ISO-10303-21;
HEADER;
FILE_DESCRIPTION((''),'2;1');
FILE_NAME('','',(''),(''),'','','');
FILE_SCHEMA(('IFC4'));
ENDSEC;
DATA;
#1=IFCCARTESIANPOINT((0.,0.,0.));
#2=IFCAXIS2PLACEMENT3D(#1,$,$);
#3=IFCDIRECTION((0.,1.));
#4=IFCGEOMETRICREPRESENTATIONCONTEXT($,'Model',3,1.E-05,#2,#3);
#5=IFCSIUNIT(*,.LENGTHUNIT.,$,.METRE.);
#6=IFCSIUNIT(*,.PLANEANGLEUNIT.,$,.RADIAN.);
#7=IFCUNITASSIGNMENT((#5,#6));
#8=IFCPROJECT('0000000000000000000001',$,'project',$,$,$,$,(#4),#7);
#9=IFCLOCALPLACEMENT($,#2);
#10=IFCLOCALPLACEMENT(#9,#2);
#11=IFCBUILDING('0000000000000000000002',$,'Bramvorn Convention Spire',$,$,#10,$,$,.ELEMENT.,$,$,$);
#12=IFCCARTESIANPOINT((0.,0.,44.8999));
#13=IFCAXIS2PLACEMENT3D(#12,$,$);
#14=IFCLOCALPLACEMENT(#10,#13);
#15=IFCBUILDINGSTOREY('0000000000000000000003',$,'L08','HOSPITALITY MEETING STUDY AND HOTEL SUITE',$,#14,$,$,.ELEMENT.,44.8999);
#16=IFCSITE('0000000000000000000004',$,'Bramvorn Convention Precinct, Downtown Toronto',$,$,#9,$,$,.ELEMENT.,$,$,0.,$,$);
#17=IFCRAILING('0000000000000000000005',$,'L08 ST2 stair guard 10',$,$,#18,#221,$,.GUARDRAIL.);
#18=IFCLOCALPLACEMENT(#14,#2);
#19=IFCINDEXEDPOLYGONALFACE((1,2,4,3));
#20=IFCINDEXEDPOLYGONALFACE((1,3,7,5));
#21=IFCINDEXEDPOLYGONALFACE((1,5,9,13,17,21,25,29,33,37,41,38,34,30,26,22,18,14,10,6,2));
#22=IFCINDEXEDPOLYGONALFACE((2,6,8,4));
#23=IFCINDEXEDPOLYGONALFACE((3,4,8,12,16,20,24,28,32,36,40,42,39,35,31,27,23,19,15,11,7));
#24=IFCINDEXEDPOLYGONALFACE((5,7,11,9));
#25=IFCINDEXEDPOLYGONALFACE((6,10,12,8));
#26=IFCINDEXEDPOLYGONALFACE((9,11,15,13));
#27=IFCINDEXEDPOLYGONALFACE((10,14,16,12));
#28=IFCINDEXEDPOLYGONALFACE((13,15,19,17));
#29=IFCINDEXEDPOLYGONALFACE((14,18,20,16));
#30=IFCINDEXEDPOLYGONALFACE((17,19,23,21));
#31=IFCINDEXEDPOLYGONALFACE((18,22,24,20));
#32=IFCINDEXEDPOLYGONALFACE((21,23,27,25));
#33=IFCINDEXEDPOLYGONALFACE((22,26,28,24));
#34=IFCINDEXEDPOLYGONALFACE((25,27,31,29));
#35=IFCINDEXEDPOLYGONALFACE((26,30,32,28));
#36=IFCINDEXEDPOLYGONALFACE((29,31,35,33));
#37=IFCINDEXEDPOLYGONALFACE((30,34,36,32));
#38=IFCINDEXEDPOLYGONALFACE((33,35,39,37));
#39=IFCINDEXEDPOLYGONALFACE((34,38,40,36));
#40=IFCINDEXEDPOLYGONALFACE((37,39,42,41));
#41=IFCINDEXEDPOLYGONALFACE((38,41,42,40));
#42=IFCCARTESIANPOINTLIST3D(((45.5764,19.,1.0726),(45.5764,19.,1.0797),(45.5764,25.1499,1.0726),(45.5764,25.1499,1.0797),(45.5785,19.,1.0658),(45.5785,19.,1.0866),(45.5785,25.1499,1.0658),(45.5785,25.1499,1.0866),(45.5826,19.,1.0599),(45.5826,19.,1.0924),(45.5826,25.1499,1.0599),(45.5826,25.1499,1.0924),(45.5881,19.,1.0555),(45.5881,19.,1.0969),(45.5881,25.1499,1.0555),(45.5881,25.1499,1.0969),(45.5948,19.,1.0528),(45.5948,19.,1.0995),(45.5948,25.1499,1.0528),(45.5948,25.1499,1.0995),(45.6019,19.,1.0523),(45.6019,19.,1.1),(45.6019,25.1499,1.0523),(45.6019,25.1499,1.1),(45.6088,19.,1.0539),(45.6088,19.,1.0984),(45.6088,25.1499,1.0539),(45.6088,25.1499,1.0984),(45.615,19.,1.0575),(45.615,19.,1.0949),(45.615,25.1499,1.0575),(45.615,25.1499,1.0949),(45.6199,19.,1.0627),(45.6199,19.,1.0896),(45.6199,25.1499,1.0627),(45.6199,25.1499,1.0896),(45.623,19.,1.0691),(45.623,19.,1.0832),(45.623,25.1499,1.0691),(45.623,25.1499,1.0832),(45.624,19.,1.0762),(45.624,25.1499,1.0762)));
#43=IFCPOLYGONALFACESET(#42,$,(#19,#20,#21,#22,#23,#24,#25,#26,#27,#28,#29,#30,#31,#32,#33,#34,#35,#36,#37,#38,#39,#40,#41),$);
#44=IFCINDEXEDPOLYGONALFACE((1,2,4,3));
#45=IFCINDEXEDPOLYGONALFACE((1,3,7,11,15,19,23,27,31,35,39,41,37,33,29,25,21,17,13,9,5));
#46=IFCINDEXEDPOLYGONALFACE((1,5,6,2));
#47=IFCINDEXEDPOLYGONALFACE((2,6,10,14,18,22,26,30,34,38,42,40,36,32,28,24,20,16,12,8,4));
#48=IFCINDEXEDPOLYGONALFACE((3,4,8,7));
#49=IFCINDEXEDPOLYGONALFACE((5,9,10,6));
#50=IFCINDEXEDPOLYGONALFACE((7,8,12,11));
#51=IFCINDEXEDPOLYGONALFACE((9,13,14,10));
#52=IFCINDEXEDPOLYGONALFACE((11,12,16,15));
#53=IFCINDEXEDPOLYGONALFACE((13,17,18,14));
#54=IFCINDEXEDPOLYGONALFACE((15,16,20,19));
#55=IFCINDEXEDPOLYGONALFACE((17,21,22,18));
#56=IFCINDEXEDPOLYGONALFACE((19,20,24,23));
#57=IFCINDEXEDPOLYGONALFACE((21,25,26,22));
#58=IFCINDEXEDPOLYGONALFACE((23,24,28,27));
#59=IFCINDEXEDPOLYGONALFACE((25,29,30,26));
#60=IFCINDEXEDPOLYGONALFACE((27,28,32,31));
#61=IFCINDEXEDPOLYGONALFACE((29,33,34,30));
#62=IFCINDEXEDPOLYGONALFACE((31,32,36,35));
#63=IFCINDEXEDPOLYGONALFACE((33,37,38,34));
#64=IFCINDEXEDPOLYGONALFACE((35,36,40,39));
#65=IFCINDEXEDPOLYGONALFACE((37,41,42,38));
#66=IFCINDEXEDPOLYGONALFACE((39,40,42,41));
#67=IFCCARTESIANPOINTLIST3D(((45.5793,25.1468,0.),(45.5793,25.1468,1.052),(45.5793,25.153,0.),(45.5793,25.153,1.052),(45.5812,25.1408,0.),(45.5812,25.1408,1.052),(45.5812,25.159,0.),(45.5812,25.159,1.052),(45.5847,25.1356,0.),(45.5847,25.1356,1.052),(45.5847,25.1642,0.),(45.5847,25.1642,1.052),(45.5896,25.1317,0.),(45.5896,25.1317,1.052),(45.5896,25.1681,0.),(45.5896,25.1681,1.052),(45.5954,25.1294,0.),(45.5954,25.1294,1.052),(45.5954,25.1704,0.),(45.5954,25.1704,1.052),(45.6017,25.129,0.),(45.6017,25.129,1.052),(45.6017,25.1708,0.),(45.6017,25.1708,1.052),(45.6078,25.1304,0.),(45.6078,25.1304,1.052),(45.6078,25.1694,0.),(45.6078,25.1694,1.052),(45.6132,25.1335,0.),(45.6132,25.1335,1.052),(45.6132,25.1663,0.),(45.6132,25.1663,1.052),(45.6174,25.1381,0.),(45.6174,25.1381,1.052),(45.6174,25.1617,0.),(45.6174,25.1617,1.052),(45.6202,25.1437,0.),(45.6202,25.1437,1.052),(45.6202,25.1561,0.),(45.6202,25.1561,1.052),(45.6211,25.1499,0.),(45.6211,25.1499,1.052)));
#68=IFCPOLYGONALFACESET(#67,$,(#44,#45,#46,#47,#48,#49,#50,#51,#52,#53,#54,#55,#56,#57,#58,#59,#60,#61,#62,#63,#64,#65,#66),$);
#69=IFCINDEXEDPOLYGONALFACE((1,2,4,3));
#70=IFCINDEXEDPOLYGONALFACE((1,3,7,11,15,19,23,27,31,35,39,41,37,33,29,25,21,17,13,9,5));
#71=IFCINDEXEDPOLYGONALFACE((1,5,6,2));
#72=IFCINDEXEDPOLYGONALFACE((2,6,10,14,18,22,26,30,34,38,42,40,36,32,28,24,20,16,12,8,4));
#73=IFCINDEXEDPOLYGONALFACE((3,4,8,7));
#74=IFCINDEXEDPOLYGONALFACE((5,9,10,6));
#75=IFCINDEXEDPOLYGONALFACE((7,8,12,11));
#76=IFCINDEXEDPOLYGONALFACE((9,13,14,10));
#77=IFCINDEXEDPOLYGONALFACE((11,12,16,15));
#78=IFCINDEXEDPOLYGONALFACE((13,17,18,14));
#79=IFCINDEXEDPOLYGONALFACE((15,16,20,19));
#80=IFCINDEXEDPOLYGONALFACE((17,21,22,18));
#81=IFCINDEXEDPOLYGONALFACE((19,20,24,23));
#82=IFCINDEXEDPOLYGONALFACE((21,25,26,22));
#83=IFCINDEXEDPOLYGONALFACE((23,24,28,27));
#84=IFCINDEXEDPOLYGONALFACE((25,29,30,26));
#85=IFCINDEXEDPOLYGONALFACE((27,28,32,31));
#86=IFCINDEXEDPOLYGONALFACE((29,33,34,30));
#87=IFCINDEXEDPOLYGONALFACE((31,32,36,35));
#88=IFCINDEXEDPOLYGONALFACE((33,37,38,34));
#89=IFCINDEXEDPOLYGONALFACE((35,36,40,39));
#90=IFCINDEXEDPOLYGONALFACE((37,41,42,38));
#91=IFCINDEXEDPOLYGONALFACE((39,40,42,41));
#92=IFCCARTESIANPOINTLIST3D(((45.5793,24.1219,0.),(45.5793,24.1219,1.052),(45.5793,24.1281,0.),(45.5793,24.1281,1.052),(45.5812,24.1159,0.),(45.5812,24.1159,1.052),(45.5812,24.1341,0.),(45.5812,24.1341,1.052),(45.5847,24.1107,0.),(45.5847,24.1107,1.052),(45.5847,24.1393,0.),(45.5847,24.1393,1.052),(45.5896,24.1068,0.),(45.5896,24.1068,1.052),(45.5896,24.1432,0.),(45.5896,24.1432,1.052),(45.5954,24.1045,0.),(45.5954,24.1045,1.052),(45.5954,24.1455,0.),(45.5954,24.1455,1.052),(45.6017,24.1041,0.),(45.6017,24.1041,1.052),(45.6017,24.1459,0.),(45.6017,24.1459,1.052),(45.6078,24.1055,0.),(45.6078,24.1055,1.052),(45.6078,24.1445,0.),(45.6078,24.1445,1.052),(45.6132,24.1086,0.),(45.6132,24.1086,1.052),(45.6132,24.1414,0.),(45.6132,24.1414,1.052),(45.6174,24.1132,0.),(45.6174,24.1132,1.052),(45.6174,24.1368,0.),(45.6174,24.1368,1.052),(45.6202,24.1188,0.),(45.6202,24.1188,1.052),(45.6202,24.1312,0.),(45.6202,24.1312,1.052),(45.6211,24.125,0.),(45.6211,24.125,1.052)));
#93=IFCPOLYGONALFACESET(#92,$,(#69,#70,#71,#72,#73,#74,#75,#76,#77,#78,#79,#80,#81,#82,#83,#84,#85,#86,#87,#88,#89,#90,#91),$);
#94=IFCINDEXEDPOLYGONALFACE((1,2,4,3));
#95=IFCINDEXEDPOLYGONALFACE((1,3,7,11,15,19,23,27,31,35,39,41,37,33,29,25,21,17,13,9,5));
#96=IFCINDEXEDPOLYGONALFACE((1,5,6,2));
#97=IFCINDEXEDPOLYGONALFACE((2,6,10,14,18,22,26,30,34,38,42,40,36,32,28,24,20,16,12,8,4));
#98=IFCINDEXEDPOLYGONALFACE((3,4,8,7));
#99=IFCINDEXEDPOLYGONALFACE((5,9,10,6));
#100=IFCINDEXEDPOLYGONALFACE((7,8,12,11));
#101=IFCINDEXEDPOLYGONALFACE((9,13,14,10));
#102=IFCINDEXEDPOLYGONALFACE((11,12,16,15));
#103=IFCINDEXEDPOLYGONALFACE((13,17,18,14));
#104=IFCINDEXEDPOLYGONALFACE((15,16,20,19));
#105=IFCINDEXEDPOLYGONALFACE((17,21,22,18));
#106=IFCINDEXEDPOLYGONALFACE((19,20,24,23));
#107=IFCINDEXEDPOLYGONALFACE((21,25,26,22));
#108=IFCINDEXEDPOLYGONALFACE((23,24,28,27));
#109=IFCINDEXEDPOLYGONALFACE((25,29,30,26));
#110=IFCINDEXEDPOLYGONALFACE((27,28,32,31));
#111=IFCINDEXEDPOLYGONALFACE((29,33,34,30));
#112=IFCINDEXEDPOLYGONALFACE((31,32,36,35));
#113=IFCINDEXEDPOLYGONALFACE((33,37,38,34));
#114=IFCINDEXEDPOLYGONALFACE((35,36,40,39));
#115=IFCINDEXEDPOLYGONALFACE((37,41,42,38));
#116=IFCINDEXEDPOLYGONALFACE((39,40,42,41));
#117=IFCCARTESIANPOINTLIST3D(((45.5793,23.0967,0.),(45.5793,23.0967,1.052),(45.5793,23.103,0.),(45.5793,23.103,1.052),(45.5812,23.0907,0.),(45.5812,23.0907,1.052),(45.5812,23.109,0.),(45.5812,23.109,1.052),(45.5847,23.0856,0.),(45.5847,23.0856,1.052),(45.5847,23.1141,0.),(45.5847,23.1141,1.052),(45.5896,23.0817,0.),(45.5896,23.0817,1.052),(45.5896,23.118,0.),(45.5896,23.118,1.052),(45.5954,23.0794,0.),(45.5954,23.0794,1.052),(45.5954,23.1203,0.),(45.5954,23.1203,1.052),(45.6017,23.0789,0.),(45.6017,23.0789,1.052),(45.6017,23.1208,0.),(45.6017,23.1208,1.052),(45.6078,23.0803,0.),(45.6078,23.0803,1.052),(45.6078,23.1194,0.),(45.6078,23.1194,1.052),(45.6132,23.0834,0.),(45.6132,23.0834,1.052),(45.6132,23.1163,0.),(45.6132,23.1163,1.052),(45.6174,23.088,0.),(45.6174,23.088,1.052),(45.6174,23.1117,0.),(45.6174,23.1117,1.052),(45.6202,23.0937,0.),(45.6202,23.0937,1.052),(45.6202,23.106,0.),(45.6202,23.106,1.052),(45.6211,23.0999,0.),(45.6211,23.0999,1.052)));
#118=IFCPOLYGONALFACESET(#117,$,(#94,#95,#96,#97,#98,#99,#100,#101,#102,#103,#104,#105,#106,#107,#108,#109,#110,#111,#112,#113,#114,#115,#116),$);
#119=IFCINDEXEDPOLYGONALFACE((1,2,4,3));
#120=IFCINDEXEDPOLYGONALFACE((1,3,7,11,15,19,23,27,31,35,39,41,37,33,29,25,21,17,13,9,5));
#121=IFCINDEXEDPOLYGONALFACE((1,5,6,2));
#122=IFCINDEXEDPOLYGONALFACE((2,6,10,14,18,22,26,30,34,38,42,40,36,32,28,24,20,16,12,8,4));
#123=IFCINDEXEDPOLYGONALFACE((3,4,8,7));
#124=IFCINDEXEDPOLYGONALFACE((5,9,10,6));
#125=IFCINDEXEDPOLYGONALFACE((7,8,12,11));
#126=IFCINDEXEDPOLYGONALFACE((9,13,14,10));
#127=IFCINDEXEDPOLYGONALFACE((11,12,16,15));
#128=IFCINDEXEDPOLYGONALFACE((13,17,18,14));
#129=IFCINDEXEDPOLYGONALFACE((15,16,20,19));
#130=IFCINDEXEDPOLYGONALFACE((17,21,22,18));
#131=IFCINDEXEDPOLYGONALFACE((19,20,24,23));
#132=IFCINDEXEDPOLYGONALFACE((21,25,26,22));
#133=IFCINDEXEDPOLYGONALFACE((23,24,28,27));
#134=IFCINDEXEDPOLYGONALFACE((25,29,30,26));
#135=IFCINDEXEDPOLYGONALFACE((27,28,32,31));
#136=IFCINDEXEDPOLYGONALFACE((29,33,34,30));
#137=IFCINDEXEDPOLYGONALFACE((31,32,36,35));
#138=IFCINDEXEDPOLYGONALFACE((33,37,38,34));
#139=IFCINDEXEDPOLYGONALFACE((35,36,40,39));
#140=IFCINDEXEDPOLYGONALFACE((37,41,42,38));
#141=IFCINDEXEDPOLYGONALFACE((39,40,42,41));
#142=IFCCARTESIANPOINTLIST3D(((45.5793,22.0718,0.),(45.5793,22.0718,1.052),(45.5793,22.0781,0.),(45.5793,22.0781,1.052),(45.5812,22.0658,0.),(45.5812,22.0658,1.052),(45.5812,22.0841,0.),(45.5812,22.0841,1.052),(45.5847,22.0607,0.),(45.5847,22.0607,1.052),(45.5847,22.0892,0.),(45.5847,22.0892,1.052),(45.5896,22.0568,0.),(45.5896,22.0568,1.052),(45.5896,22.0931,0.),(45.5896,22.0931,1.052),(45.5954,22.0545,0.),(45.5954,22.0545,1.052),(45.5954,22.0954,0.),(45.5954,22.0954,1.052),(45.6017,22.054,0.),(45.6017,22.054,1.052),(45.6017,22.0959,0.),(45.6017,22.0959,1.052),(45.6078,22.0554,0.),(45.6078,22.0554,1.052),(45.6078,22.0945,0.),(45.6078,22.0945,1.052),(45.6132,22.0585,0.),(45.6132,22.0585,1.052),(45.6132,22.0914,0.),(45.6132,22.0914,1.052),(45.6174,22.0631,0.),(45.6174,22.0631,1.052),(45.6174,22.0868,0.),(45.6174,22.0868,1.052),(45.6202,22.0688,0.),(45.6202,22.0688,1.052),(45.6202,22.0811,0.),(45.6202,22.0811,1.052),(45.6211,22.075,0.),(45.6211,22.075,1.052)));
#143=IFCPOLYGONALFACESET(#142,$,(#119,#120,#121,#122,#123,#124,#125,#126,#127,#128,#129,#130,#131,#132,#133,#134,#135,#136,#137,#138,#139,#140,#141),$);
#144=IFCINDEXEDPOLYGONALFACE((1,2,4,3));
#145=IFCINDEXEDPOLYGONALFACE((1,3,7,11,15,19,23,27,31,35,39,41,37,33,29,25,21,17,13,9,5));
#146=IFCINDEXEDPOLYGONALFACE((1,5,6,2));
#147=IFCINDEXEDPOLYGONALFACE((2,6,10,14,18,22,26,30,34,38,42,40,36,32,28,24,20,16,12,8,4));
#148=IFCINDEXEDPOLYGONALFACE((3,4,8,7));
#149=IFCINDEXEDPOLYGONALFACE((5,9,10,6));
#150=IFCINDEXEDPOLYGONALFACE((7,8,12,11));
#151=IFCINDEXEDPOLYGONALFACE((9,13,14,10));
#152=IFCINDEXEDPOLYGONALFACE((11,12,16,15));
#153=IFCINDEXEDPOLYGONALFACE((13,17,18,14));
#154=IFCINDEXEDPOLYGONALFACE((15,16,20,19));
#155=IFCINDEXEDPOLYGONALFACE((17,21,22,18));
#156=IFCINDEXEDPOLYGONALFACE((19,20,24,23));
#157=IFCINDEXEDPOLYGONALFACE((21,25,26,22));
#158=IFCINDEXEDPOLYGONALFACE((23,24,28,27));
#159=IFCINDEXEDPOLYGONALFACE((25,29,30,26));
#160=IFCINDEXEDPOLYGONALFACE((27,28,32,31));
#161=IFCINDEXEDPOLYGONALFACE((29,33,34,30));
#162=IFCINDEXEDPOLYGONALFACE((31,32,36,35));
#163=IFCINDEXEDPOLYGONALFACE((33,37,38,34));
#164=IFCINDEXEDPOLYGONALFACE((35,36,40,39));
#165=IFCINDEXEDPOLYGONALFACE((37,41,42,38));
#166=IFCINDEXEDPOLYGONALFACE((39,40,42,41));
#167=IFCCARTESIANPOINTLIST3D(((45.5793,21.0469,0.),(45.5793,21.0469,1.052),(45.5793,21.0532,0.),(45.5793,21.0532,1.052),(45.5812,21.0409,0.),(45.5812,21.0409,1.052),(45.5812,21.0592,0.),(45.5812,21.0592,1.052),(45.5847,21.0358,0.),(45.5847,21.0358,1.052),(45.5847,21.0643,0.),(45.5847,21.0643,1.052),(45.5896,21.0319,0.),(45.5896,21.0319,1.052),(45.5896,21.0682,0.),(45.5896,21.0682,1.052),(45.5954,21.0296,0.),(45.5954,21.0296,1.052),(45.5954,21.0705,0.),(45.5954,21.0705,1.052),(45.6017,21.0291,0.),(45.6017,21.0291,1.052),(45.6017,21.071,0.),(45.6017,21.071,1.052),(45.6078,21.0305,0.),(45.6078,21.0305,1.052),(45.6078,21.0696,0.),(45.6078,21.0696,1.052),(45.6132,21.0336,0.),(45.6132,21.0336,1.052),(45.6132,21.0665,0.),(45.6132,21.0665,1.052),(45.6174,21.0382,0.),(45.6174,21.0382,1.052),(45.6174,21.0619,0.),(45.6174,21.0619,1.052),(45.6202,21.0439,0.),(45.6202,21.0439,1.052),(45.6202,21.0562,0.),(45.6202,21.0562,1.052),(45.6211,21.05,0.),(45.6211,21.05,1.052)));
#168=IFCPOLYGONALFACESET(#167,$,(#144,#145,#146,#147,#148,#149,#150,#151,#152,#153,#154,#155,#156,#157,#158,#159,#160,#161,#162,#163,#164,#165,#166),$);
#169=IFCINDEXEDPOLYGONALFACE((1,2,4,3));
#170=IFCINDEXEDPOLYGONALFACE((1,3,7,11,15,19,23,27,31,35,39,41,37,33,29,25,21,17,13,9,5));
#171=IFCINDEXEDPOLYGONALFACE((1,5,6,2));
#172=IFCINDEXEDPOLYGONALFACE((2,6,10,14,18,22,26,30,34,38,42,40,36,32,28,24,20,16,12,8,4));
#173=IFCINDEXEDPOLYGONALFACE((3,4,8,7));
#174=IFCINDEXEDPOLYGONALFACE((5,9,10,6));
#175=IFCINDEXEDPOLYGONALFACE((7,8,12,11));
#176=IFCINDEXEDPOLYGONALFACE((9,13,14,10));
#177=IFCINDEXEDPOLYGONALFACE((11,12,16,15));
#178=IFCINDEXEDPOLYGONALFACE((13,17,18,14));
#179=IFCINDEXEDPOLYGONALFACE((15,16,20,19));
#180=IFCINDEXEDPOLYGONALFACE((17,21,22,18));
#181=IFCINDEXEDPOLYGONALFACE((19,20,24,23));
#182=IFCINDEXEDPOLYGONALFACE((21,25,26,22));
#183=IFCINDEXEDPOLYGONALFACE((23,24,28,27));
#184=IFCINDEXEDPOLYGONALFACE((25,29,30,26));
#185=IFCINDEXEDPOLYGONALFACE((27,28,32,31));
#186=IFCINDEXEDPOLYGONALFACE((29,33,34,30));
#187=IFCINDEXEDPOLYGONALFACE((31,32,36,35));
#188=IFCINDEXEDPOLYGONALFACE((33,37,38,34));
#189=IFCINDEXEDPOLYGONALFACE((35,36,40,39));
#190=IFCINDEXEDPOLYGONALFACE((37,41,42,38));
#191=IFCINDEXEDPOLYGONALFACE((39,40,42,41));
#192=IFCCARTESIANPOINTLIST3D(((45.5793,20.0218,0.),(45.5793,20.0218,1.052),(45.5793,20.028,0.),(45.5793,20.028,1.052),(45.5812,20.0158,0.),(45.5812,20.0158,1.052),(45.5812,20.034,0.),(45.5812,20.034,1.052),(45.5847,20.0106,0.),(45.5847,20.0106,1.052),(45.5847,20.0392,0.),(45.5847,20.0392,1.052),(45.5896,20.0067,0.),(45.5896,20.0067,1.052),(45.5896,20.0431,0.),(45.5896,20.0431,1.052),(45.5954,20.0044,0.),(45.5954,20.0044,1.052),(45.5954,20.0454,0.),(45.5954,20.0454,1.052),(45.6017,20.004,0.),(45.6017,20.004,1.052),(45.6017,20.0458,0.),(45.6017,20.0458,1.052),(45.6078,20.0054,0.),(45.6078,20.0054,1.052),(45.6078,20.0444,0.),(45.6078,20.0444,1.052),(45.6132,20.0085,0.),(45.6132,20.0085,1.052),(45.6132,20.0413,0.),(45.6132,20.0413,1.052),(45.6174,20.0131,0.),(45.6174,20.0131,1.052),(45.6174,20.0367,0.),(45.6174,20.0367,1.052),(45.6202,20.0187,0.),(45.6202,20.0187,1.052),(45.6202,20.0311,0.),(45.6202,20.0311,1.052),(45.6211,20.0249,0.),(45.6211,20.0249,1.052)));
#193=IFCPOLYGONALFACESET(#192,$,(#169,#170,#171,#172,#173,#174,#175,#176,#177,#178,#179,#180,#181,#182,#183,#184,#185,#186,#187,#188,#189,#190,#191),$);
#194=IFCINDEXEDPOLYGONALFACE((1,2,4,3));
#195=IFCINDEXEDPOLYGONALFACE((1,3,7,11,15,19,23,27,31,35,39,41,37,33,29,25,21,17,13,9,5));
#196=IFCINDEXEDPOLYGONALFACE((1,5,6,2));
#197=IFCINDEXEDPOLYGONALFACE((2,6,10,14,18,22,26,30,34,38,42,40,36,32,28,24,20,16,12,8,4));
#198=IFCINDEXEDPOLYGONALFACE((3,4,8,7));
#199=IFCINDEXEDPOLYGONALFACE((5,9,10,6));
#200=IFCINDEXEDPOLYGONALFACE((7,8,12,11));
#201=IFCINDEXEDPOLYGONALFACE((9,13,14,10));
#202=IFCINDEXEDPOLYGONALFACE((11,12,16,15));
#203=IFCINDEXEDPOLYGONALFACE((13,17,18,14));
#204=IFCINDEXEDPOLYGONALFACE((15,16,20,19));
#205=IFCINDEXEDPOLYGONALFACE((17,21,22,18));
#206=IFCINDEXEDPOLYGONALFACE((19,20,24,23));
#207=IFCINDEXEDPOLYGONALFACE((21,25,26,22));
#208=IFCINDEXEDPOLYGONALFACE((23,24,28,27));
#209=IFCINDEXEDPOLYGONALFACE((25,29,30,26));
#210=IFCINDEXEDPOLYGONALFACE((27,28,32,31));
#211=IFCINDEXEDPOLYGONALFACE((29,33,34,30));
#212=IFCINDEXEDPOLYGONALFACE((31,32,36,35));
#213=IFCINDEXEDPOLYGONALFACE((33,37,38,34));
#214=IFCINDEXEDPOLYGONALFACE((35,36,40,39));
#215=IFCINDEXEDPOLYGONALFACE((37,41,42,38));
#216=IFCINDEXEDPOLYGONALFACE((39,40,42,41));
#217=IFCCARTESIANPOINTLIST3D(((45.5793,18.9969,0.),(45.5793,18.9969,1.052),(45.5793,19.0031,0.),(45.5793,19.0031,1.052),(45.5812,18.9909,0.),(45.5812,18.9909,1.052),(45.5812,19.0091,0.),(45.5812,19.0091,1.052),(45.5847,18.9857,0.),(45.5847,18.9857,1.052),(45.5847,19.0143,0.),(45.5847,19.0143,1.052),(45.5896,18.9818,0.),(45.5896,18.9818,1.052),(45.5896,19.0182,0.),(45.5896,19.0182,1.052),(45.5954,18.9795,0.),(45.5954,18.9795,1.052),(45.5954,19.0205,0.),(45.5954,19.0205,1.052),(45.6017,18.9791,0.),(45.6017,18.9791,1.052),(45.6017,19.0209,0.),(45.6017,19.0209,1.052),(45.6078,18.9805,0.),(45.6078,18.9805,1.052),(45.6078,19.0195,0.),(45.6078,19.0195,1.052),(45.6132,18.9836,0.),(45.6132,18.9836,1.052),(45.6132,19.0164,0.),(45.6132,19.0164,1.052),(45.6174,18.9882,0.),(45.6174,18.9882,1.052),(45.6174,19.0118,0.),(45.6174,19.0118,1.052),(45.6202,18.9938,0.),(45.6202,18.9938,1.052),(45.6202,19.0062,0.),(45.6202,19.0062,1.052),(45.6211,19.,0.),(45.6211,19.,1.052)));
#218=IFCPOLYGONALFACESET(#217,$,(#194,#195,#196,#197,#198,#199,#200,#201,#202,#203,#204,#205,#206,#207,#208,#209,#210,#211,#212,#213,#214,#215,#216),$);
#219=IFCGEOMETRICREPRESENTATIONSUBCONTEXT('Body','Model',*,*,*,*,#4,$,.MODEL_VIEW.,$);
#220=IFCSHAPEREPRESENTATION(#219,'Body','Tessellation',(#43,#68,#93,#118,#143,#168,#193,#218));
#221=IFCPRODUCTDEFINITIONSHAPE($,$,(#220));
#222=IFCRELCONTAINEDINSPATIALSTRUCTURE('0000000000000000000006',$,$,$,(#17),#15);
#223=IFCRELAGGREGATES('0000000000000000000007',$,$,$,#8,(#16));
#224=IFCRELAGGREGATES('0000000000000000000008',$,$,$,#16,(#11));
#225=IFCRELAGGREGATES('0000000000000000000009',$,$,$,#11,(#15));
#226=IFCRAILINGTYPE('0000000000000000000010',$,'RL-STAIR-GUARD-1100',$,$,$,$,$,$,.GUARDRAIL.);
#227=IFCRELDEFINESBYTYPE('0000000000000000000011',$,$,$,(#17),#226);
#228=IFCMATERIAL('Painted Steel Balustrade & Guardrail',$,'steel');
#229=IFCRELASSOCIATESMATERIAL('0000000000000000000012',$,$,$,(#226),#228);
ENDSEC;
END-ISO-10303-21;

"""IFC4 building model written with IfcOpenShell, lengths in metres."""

from ifc_helpers import new_model, si_unit, direction, frame, origin, origin_2d, place, context, subcontext, project, spatial, circle, extrude, material, type_object, element, save


model = new_model("IFC4")

# Units and contexts
model_context = context("Model", 3, precision=1e-05, world=origin(), true_north=direction((0.0, 1.0)))
body_context = subcontext(model_context, "Body", "Model", "MODEL_VIEW")
ifc_project = project(units=[si_unit("LENGTHUNIT", "METRE"), si_unit("PLANEANGLEUNIT", "RADIAN")], contexts=[model_context])

# Site, building, storey
site_placement = place(None, origin())
site = spatial("IfcSite", under=ifc_project, at=site_placement, Name="Bramvorn Convention Precinct, Downtown Toronto", CompositionType="ELEMENT", RefElevation=0.0)
building_placement = place(site_placement, origin())
building = spatial("IfcBuilding", under=site, at=building_placement, Name="Bramvorn Convention Spire", CompositionType="ELEMENT")
storey_placement = place(building_placement, frame((0.0, 0.0, 44.8999)))
storey = spatial("IfcBuildingStorey", under=building, at=storey_placement, Name="L08", Description="HOSPITALITY MEETING STUDY AND HOTEL SUITE", CompositionType="ELEMENT", Elevation=44.8999)

# Railing
ifc_material_1 = material(Name="Painted Steel Balustrade & Guardrail", Category="steel")
railing_type_1 = type_object("IfcRailingType", Name="RL-STAIR-GUARD-1100", PredefinedType="GUARDRAIL", material=ifc_material_1)
railing_1_placement = place(storey_placement, frame((45.6001, 25.1499, 0.0)))
element("IfcRailing", 1, at=railing_1_placement, inside=storey, type_object=railing_type_1, Name="L08 ST2 stair guard 10", PredefinedType="GUARDRAIL", context=body_context, shape_type="SweptSolid", body=[
    extrude(circle(Radius=0.0239, at=origin_2d()), frame((0.0, 0.0, 1.0762), z_axis=(0.0, -1.0, 0.0), x_axis=(1.0, 0.0, 0.0)), (0.0, 0.0, 1.0), 6.1499),
    extrude(circle(Radius=0.021, at=origin_2d()), origin(), (0.0, 0.0, 1.0), 1.052),
    extrude(circle(Radius=0.021, at=origin_2d()), frame((0.0, -1.0249, 0.0)), (0.0, 0.0, 1.0), 1.052),
    extrude(circle(Radius=0.021, at=origin_2d()), frame((0.0, -2.05, 0.0)), (0.0, 0.0, 1.0), 1.052),
    extrude(circle(Radius=0.021, at=origin_2d()), frame((0.0, -3.075, 0.0)), (0.0, 0.0, 1.0), 1.052),
    extrude(circle(Radius=0.021, at=origin_2d()), frame((0.0, -4.0999, 0.0)), (0.0, 0.0, 1.0), 1.052),
    extrude(circle(Radius=0.021, at=origin_2d()), frame((0.0, -5.125, 0.0)), (0.0, 0.0, 1.0), 1.052),
    extrude(circle(Radius=0.021, at=origin_2d()), frame((0.0, -6.1499, 0.0)), (0.0, 0.0, 1.0), 1.052),
])

save(model, "model.ifc")
